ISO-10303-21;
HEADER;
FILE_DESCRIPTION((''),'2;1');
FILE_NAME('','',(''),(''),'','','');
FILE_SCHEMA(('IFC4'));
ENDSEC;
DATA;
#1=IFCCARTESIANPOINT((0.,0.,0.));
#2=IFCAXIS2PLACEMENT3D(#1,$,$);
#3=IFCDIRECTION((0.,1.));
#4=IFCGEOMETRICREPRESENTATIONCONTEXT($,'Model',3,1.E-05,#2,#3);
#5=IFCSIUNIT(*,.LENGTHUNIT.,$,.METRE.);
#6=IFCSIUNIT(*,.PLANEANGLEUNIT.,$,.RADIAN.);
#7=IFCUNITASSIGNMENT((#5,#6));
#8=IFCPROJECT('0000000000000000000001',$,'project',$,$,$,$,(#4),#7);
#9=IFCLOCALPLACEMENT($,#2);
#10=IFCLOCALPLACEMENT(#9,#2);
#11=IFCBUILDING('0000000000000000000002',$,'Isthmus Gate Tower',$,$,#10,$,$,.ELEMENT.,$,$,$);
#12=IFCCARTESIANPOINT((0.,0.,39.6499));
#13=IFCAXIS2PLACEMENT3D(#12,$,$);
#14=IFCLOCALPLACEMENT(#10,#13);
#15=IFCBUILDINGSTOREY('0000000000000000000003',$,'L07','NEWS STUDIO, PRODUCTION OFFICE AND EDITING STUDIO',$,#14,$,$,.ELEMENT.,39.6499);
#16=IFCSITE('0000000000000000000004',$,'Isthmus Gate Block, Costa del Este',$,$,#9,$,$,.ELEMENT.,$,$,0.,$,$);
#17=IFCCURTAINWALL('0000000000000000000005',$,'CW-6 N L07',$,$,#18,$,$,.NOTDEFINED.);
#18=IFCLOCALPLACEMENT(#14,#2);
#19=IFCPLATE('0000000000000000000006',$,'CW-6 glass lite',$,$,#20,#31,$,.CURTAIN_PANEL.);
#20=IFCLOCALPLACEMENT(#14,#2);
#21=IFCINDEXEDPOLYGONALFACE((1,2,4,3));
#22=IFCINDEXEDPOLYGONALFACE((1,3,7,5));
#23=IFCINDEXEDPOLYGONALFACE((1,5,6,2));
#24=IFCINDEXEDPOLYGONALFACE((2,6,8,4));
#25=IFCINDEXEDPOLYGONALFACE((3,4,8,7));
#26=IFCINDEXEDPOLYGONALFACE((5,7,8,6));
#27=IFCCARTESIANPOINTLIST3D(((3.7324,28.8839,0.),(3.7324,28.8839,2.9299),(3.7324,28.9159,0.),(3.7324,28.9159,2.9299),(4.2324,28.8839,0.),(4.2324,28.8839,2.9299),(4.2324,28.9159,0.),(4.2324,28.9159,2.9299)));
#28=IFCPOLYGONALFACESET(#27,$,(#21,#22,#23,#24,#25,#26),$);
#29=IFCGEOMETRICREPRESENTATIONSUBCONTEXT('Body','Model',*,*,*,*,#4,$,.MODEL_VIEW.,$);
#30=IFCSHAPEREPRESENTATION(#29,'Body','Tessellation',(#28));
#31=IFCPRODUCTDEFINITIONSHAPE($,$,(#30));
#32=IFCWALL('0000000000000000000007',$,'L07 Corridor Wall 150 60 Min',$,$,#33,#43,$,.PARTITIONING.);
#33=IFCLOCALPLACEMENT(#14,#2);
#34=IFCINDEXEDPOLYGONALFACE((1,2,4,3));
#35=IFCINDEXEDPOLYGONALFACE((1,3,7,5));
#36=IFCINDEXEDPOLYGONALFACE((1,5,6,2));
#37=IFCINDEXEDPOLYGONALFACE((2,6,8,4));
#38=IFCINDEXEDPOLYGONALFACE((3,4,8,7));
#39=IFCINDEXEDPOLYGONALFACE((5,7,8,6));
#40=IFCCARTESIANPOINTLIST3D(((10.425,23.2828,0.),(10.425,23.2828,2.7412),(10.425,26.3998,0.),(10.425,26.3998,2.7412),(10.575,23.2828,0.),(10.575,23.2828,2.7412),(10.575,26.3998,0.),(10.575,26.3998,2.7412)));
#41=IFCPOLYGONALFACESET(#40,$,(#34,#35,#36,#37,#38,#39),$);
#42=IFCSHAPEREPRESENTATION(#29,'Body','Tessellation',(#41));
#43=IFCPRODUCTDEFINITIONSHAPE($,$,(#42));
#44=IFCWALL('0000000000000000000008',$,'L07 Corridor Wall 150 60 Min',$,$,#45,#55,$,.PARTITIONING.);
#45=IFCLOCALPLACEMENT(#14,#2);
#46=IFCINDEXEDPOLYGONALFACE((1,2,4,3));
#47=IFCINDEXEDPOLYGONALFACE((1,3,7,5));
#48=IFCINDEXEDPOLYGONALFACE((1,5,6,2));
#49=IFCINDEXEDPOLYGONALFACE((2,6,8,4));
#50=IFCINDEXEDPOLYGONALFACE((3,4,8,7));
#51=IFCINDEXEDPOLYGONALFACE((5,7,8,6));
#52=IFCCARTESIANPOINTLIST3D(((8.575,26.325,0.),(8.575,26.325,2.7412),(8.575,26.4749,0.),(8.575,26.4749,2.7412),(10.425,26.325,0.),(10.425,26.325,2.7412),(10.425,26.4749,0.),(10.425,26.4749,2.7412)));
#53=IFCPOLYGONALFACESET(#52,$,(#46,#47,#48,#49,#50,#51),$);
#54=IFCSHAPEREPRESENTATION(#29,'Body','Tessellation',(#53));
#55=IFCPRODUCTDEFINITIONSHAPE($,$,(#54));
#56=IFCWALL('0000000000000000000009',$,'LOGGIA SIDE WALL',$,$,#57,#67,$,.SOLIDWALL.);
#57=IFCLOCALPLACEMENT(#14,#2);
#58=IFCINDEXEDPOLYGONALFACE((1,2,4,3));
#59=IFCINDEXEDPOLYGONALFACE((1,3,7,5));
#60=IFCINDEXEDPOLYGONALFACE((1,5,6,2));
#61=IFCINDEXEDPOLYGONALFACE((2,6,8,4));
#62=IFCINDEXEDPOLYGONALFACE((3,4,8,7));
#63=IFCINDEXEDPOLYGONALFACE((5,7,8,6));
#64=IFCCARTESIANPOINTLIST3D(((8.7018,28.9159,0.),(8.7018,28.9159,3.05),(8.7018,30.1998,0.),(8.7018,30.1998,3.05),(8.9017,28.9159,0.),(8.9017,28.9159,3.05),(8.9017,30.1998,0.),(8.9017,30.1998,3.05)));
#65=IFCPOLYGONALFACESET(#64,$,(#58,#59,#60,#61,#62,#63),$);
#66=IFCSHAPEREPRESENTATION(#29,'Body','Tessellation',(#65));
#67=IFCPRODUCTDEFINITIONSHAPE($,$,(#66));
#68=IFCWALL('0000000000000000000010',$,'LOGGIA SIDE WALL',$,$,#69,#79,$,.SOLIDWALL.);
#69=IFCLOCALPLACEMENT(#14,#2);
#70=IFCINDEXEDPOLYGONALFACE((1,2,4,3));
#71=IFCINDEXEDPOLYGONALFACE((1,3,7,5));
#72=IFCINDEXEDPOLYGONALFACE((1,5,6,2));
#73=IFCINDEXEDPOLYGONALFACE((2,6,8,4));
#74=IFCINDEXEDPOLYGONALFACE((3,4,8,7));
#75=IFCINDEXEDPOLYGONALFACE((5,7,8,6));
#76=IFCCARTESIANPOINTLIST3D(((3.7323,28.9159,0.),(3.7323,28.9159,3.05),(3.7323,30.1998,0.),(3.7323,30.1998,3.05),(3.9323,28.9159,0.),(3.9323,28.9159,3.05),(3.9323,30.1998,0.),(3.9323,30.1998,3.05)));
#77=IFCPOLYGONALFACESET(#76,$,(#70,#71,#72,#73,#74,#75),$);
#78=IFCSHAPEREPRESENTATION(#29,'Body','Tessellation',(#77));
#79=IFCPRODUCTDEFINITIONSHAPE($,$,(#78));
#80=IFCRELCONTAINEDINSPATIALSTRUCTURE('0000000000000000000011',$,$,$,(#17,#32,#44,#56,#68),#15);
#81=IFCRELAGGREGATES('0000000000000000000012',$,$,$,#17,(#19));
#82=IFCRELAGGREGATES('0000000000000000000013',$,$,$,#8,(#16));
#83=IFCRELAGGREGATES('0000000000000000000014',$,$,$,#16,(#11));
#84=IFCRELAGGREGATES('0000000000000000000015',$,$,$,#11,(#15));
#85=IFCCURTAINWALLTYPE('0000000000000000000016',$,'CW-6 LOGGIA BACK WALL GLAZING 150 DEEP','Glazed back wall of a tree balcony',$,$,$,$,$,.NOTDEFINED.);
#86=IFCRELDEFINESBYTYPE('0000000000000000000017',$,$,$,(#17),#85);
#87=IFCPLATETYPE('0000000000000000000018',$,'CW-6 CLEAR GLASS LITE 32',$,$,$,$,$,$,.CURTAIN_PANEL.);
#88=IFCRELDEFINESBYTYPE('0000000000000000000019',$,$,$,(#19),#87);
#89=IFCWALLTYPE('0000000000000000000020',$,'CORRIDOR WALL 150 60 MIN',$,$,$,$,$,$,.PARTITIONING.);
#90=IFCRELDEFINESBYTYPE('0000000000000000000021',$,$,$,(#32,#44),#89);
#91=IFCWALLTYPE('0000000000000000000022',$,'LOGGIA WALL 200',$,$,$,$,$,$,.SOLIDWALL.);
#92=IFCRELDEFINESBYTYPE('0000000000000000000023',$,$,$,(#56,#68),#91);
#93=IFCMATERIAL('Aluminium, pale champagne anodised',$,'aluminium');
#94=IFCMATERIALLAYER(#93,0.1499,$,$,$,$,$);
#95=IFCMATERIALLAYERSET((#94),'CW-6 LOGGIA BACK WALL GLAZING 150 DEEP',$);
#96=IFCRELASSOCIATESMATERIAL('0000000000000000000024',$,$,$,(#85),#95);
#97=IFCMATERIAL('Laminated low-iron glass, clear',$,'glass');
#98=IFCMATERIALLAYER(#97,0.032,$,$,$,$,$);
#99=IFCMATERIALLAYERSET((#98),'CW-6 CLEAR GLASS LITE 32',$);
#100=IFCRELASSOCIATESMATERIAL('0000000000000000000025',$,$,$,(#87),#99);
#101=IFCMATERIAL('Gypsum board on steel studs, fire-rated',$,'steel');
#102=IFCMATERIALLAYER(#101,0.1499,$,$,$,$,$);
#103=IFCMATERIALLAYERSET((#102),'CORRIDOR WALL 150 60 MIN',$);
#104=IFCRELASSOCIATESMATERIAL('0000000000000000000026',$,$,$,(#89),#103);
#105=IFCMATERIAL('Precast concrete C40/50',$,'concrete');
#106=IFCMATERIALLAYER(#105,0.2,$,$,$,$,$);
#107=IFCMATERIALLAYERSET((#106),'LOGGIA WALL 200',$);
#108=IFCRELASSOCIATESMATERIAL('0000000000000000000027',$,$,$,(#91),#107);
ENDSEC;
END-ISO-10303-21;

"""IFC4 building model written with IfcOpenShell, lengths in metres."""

from ifc_helpers import new_model, si_unit, direction, frame, frame_2d, origin, origin_2d, place, context, subcontext, project, spatial, rectangle, extrude, material, layer, layer_set, type_object, element, aggregate, save


model = new_model("IFC4")

# Units and contexts
model_context = context("Model", 3, precision=1e-05, world=origin(), true_north=direction((0.0, 1.0)))
body_context = subcontext(model_context, "Body", "Model", "MODEL_VIEW")
ifc_project = project(units=[si_unit("LENGTHUNIT", "METRE"), si_unit("PLANEANGLEUNIT", "RADIAN")], contexts=[model_context])

# Site, building, storey
site_placement = place(None, origin())
site = spatial("IfcSite", under=ifc_project, at=site_placement, Name="Isthmus Gate Block, Costa del Este", CompositionType="ELEMENT", RefElevation=0.0)
building_placement = place(site_placement, origin())
building = spatial("IfcBuilding", under=site, at=building_placement, Name="Isthmus Gate Tower", CompositionType="ELEMENT")
storey_placement = place(building_placement, frame((0.0, 0.0, 39.6499)))
storey = spatial("IfcBuildingStorey", under=building, at=storey_placement, Name="L07", Description="NEWS STUDIO, PRODUCTION OFFICE AND EDITING STUDIO", CompositionType="ELEMENT", Elevation=39.6499)

# Curtain wall
ifc_material_1 = material(Name="Aluminium, pale champagne anodised", Category="aluminium")
ifc_layer_1 = layer(ifc_material_1, 0.1499)
ifc_layer_set_1 = layer_set([ifc_layer_1], Name="CW-6 LOGGIA BACK WALL GLAZING 150 DEEP")
curtain_wall_type_1 = type_object("IfcCurtainWallType", Name="CW-6 LOGGIA BACK WALL GLAZING 150 DEEP", Description="Glazed back wall of a tree balcony", PredefinedType="NOTDEFINED", material=ifc_layer_set_1)
curtain_wall_1_placement = place(storey_placement, origin())
curtain_wall_1 = element("IfcCurtainWall", 1, at=curtain_wall_1_placement, inside=storey, type_object=curtain_wall_type_1, Name="CW-6 N L07", PredefinedType="NOTDEFINED")

# Plate
ifc_material_2 = material(Name="Laminated low-iron glass, clear", Category="glass")
ifc_layer_2 = layer(ifc_material_2, 0.032)
ifc_layer_set_2 = layer_set([ifc_layer_2], Name="CW-6 CLEAR GLASS LITE 32")
plate_type_1 = type_object("IfcPlateType", Name="CW-6 CLEAR GLASS LITE 32", PredefinedType="CURTAIN_PANEL", material=ifc_layer_set_2)
plate_1_placement = place(storey_placement, frame((3.9824, 28.8999, 0.0), z_axis=(0.0, 0.0, 1.0), x_axis=(-1.0, 0.0, 0.0)))
plate_1 = element("IfcPlate", 2, at=plate_1_placement, type_object=plate_type_1, Name="CW-6 glass lite", PredefinedType="CURTAIN_PANEL", context=body_context, shape_type="SweptSolid", body=[
    extrude(rectangle(XDim=0.5, YDim=0.032, at=origin_2d()), origin(), (0.0, 0.0, 1.0), 2.9299),
])
aggregate(curtain_wall_1, [plate_1])

# Walls
ifc_material_3 = material(Name="Gypsum board on steel studs, fire-rated", Category="steel")
ifc_layer_3 = layer(ifc_material_3, 0.1499)
ifc_layer_set_3 = layer_set([ifc_layer_3], Name="CORRIDOR WALL 150 60 MIN")
wall_type_1 = type_object("IfcWallType", Name="CORRIDOR WALL 150 60 MIN", PredefinedType="PARTITIONING", material=ifc_layer_set_3)
wall_1_placement = place(storey_placement, frame((10.5, 26.3999, 0.0), z_axis=(0.0, 0.0, 1.0), x_axis=(0.0, -1.0, 0.0)))
element("IfcWall", 3, at=wall_1_placement, inside=storey, type_object=wall_type_1, Name="L07 Corridor Wall 150 60 Min", PredefinedType="PARTITIONING", context=body_context, shape_type="SweptSolid", body=[
    extrude(rectangle(XDim=3.1169, YDim=0.1499, at=frame_2d((1.5586, 0.0))), origin(), (0.0, 0.0, 1.0), 2.7412),
])
wall_2_placement = place(storey_placement, frame((8.575, 26.3999, 0.0), z_axis=(0.0, 0.0, 1.0), x_axis=(1.0, 0.0, 0.0)))
element("IfcWall", 4, at=wall_2_placement, inside=storey, type_object=wall_type_1, Name="L07 Corridor Wall 150 60 Min", PredefinedType="PARTITIONING", context=body_context, shape_type="SweptSolid", body=[
    extrude(rectangle(XDim=1.8501, YDim=0.1499, at=frame_2d((0.925, 0.0))), origin(), (0.0, 0.0, 1.0), 2.7412),
])

# Shared definitions
ifc_material_4 = material(Name="Precast concrete C40/50", Category="concrete")
ifc_layer_4 = layer(ifc_material_4, 0.2)
ifc_layer_set_4 = layer_set([ifc_layer_4], Name="LOGGIA WALL 200")
wall_type_2 = type_object("IfcWallType", Name="LOGGIA WALL 200", PredefinedType="SOLIDWALL", material=ifc_layer_set_4)

# Walls
for number, where, z_axis, x_axis, name in (
    (5, (8.8018, 30.2, 0.0), (0.0, 0.0, 1.0), (0.0, -1.0, 0.0), "LOGGIA SIDE WALL"),
    (6, (3.8323, 30.2, 0.0), (0.0, 0.0, 1.0), (0.0, -1.0, 0.0), "LOGGIA SIDE WALL"),
):
    element("IfcWall", number, at=place(storey_placement, frame(where, z_axis=z_axis, x_axis=x_axis)), inside=storey, type_object=wall_type_2, Name=name, PredefinedType="SOLIDWALL", context=body_context, shape_type="SweptSolid", body=[
        extrude(rectangle(XDim=1.2839, YDim=0.2, at=frame_2d((0.6421, 0.0))), origin(), (0.0, 0.0, 1.0), 3.05),
    ])

save(model, "model.ifc")
